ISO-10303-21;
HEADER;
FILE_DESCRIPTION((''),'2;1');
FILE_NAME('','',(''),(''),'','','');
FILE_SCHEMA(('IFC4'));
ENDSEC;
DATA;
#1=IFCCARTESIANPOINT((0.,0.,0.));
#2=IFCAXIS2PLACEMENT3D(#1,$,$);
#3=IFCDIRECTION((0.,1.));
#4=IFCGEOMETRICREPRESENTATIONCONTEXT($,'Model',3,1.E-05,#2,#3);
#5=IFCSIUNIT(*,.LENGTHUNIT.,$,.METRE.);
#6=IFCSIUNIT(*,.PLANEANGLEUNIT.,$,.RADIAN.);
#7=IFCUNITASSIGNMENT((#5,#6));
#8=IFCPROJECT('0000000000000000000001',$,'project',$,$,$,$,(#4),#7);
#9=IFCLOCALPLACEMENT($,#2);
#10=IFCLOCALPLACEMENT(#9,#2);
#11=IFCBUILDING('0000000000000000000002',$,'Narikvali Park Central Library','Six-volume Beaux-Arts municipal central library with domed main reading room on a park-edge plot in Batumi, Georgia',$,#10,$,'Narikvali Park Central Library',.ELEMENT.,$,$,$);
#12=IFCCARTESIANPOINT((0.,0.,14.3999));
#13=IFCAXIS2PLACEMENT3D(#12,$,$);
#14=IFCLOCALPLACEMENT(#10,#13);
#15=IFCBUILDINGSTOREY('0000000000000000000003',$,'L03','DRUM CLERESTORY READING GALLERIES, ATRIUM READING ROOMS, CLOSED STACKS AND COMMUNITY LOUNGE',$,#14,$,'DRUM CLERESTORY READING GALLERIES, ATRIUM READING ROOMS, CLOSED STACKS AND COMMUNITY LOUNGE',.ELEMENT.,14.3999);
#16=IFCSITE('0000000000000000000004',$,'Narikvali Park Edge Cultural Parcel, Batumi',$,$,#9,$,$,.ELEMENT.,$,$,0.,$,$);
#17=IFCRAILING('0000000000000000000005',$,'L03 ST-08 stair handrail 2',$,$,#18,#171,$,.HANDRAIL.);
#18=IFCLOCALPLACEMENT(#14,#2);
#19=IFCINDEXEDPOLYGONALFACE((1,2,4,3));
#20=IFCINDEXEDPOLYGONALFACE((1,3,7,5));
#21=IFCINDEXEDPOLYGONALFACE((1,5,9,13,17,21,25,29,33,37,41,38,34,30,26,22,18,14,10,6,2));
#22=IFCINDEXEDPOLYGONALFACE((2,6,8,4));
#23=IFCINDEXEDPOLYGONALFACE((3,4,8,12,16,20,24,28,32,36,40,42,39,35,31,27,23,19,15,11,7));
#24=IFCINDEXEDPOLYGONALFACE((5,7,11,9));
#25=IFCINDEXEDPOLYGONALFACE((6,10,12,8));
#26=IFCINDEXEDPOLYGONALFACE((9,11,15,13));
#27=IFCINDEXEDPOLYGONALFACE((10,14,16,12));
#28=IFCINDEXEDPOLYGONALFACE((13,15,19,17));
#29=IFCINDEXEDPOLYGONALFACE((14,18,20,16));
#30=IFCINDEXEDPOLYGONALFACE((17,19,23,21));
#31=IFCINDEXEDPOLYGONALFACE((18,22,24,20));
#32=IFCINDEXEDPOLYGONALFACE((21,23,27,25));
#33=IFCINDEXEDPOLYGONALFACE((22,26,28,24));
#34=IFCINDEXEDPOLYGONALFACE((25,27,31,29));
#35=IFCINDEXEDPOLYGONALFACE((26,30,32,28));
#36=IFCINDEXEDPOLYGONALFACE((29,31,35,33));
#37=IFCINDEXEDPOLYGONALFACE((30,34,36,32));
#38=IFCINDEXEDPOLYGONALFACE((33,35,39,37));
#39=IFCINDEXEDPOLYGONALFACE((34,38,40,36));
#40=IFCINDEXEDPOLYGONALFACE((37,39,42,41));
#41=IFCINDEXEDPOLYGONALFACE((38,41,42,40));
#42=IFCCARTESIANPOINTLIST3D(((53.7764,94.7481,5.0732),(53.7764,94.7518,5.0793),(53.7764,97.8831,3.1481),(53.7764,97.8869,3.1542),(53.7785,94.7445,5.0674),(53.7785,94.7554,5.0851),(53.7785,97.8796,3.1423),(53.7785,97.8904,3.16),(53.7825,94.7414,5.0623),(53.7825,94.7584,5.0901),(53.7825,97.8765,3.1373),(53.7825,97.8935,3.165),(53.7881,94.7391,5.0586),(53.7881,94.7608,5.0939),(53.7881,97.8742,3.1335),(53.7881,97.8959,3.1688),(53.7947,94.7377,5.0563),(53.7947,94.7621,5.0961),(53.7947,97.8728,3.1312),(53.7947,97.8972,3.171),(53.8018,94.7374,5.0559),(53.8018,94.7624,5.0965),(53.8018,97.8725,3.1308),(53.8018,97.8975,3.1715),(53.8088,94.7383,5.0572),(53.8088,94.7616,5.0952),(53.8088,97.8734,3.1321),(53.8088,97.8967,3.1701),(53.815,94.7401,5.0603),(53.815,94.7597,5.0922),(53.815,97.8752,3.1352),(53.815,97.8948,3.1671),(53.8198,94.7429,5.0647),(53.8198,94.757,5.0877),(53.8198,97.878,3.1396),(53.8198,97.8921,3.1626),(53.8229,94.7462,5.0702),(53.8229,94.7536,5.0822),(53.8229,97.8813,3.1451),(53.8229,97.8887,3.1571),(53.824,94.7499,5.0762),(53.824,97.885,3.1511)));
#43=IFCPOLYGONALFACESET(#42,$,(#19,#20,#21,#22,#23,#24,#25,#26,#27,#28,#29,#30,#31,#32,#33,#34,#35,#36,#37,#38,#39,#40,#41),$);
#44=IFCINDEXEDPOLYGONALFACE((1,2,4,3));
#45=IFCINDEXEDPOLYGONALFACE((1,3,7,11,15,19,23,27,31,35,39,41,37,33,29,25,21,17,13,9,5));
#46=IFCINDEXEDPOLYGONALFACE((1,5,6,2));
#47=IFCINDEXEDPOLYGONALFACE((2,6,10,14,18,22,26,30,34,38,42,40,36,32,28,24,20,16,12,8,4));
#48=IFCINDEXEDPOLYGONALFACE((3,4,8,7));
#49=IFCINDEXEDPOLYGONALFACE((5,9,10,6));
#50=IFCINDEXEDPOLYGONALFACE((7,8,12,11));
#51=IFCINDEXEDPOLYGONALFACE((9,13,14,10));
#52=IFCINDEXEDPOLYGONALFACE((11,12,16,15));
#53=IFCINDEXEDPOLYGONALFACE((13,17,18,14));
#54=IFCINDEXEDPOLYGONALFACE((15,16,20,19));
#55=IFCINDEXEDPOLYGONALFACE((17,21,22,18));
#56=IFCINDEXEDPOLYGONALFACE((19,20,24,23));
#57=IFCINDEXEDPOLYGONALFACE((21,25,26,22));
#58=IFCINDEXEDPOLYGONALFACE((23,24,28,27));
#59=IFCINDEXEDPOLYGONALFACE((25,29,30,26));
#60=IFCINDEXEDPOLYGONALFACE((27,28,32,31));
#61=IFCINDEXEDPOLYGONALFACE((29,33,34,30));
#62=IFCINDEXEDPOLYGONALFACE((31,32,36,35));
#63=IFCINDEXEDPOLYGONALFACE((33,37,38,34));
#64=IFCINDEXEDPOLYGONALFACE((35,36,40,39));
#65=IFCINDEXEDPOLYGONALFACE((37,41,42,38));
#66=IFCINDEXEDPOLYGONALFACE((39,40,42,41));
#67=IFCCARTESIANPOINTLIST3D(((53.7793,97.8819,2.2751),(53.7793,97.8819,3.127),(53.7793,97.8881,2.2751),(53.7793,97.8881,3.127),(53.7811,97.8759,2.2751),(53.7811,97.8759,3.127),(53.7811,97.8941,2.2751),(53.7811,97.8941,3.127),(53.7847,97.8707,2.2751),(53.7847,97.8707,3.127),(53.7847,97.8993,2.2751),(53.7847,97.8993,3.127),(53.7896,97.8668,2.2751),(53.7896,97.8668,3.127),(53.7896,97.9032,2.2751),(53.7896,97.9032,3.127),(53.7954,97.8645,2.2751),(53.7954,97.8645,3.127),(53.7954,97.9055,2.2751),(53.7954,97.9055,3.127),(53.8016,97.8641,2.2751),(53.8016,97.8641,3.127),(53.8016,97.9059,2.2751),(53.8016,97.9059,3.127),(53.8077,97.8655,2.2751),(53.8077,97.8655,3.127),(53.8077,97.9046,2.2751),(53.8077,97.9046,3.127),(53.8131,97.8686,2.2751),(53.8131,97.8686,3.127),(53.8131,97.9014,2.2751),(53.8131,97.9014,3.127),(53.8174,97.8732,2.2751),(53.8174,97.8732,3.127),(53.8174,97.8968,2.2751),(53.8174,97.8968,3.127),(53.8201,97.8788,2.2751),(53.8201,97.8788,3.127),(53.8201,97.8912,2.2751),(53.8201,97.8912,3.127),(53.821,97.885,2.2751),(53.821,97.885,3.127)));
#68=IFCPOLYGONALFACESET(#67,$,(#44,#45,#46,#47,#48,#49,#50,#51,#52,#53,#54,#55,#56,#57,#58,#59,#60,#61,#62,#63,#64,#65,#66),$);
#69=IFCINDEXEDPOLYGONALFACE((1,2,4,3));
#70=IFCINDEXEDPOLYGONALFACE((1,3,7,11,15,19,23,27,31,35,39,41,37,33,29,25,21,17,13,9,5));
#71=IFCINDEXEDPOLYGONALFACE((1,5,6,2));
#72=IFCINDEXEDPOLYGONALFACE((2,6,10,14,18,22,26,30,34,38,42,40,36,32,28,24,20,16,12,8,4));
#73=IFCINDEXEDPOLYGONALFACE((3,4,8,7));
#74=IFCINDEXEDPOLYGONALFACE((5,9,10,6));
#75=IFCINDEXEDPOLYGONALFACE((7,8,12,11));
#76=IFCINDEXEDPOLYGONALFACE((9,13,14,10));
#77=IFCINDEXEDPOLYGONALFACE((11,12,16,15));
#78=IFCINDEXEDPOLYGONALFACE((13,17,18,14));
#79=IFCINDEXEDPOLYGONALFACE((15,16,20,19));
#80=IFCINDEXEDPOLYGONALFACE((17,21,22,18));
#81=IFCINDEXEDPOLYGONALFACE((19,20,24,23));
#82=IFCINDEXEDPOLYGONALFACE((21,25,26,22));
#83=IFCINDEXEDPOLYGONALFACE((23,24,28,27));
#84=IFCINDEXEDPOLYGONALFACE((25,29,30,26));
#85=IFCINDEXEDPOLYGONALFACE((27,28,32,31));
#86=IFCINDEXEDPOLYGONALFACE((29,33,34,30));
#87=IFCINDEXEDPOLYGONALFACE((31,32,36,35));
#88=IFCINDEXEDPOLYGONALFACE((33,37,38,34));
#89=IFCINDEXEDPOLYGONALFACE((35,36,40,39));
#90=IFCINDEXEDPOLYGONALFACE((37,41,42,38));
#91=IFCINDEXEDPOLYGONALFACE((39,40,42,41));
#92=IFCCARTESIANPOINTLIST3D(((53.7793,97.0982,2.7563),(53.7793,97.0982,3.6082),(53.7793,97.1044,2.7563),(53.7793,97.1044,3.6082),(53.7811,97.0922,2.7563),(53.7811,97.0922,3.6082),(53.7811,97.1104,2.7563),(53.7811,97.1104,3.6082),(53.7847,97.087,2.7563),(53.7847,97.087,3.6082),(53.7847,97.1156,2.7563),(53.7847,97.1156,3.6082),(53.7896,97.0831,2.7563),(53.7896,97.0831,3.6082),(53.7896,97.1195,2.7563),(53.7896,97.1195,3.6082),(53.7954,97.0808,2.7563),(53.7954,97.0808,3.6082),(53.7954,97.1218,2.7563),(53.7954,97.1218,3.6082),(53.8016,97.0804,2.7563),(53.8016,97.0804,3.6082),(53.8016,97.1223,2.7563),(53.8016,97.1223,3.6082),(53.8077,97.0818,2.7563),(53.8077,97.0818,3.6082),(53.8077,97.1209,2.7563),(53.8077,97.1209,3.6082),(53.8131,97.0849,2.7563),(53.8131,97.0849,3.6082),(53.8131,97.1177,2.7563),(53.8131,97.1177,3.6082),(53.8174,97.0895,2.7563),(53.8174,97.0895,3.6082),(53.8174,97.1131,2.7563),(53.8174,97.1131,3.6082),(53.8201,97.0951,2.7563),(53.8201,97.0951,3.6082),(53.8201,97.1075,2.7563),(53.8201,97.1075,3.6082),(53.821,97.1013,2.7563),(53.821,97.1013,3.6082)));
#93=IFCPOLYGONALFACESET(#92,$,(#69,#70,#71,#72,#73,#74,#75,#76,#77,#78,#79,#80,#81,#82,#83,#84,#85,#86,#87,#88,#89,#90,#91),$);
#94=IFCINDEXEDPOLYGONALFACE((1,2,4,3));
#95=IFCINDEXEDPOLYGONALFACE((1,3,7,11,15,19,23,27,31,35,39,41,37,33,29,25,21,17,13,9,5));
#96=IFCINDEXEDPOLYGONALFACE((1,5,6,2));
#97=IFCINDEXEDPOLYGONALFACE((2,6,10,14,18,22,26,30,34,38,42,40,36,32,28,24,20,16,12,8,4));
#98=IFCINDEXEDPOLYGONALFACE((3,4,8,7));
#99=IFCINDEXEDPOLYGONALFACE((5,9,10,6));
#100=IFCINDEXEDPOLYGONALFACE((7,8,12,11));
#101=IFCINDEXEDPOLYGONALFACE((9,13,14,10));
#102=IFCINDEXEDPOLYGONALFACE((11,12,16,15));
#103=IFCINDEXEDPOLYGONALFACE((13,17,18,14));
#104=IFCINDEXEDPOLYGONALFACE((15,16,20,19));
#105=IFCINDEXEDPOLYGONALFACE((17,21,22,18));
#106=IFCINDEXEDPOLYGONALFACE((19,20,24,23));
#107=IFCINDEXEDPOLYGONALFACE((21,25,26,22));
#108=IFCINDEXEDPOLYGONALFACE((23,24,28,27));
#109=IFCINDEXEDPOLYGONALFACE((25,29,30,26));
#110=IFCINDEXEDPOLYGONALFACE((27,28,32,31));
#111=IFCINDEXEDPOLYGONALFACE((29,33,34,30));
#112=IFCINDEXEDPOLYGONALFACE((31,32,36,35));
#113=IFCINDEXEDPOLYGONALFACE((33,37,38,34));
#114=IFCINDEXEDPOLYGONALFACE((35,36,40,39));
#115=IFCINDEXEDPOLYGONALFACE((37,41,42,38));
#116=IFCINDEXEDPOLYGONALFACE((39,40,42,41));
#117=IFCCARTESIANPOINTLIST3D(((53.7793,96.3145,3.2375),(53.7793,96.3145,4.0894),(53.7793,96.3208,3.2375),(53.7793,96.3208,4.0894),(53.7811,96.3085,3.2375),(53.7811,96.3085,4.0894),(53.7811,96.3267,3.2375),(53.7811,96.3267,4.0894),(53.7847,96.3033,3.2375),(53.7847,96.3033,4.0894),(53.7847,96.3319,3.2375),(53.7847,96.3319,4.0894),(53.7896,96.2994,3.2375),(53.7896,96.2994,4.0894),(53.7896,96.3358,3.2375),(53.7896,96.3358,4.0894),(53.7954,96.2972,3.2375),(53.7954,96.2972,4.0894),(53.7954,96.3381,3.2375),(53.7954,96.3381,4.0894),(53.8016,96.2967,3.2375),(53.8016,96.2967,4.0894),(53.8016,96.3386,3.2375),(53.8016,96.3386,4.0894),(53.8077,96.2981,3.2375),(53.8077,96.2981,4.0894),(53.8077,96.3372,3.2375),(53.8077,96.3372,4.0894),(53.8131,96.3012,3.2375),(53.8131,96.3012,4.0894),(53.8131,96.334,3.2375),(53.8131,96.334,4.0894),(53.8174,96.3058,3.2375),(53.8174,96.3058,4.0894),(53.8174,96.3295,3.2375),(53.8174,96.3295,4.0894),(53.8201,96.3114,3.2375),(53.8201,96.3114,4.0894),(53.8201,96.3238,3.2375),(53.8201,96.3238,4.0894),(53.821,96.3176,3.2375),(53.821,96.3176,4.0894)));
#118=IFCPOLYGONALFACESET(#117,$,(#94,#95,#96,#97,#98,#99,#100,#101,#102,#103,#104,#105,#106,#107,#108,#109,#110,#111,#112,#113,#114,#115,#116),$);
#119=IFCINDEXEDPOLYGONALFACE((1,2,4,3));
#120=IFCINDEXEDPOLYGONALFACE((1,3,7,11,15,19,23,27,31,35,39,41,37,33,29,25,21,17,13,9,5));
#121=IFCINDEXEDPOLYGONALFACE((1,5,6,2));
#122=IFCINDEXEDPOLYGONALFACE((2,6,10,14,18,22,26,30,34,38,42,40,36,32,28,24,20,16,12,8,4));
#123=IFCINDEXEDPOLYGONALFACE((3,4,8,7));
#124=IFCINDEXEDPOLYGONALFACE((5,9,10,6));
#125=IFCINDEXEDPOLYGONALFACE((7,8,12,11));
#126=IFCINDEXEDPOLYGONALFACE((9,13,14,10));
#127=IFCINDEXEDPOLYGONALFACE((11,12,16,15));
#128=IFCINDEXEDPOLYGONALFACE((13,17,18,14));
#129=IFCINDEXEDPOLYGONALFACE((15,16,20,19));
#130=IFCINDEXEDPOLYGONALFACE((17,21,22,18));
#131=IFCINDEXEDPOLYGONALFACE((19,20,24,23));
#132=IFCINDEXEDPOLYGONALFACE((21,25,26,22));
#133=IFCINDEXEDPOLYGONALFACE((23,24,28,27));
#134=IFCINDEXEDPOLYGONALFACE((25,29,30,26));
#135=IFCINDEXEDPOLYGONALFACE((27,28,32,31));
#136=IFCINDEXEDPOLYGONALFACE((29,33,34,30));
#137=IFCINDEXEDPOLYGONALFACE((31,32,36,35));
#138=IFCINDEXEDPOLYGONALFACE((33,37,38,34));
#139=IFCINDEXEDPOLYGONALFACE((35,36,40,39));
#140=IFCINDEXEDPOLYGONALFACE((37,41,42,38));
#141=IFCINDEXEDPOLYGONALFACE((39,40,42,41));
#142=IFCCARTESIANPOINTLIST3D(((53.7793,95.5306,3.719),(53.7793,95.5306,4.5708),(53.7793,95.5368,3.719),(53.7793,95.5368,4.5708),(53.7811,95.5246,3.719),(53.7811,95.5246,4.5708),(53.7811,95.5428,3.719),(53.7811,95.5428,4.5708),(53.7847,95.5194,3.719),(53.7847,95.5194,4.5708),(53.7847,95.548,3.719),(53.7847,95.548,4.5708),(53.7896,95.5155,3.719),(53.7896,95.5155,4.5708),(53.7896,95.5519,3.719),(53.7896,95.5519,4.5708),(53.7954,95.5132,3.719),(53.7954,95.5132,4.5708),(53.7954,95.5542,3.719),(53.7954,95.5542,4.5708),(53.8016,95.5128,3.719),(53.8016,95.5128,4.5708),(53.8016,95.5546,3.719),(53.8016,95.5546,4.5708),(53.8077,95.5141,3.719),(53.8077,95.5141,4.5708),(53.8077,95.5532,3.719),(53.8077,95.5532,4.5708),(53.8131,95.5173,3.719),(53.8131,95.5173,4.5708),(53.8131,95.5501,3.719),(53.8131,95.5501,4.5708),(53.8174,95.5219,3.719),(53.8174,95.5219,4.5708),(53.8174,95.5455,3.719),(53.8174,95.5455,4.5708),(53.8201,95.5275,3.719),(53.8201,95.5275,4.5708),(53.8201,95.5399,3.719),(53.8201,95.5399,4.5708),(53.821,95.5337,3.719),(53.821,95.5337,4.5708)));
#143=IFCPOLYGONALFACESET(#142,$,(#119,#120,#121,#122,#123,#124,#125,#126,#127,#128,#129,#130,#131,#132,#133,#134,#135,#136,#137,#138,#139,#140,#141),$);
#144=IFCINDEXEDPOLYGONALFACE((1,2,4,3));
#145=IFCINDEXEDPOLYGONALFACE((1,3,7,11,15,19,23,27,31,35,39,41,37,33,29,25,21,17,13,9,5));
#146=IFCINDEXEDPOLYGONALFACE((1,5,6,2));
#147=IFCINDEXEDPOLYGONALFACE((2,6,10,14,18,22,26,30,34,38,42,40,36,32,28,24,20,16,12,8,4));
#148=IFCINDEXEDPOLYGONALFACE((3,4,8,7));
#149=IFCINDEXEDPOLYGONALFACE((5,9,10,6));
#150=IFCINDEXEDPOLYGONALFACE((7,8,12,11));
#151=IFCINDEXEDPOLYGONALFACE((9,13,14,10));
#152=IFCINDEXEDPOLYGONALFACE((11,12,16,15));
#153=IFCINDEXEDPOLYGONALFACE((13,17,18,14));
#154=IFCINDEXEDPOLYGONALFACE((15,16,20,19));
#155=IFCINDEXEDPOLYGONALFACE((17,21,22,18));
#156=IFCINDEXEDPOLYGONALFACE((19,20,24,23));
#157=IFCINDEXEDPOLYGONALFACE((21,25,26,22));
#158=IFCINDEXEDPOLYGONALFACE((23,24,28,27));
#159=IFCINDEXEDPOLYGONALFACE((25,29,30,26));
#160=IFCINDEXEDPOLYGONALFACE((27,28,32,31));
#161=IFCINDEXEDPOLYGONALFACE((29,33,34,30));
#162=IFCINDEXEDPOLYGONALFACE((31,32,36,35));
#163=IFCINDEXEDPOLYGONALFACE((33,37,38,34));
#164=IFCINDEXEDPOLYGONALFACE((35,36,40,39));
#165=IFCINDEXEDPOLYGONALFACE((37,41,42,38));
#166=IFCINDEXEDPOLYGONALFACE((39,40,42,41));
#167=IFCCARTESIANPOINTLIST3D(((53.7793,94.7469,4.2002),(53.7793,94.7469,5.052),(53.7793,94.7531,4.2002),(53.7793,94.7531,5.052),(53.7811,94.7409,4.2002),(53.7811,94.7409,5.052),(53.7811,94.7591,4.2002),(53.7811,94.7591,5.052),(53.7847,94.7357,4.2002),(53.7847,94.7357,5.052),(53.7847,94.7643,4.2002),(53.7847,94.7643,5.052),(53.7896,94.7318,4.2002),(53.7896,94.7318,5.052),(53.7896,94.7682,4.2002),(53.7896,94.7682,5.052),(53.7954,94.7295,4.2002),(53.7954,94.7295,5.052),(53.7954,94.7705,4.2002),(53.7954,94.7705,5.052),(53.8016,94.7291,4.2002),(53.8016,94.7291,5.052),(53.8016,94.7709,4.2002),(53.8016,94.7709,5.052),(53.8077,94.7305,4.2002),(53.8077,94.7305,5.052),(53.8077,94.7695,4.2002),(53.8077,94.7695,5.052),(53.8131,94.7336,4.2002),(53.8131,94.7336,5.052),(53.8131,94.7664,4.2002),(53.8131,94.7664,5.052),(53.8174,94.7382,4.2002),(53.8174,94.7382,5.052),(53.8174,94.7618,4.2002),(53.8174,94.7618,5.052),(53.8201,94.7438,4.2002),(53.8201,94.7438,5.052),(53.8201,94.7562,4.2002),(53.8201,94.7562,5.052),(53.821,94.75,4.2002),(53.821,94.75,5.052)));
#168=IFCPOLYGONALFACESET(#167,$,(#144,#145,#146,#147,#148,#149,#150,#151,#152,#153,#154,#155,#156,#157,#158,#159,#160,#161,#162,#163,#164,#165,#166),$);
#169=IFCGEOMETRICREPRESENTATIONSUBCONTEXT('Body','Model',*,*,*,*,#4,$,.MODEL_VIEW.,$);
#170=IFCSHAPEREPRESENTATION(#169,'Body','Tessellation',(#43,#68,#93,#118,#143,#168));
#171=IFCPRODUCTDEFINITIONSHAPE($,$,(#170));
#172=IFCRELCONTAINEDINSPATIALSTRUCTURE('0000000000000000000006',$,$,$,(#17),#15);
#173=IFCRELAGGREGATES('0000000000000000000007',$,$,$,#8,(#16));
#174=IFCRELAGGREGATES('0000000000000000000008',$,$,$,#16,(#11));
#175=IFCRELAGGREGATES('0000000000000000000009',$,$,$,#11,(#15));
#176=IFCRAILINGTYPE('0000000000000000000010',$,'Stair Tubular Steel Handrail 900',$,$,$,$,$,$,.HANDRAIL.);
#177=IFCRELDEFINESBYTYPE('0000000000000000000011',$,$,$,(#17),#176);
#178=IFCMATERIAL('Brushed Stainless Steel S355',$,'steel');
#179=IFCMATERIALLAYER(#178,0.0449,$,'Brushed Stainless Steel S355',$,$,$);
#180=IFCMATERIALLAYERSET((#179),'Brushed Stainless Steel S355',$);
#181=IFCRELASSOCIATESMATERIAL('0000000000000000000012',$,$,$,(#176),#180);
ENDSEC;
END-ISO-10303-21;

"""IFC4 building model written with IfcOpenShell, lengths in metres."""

from ifc_helpers import new_model, si_unit, direction, frame, origin, origin_2d, place, context, subcontext, project, spatial, circle, extrude, material, layer, layer_set, type_object, element, save


model = new_model("IFC4")

# Units and contexts
model_context = context("Model", 3, precision=1e-05, world=origin(), true_north=direction((0.0, 1.0)))
body_context = subcontext(model_context, "Body", "Model", "MODEL_VIEW")
ifc_project = project(units=[si_unit("LENGTHUNIT", "METRE"), si_unit("PLANEANGLEUNIT", "RADIAN")], contexts=[model_context])

# Site, building, storey
site_placement = place(None, origin())
site = spatial("IfcSite", under=ifc_project, at=site_placement, Name="Narikvali Park Edge Cultural Parcel, Batumi", CompositionType="ELEMENT", RefElevation=0.0)
building_placement = place(site_placement, origin())
building = spatial("IfcBuilding", under=site, at=building_placement, Name="Narikvali Park Central Library", Description="Six-volume Beaux-Arts municipal central library with domed main reading room on a park-edge plot in Batumi, Georgia", LongName="Narikvali Park Central Library", CompositionType="ELEMENT")
storey_placement = place(building_placement, frame((0.0, 0.0, 14.3999)))
storey = spatial("IfcBuildingStorey", under=building, at=storey_placement, Name="L03", Description="DRUM CLERESTORY READING GALLERIES, ATRIUM READING ROOMS, CLOSED STACKS AND COMMUNITY LOUNGE", LongName="DRUM CLERESTORY READING GALLERIES, ATRIUM READING ROOMS, CLOSED STACKS AND COMMUNITY LOUNGE", CompositionType="ELEMENT", Elevation=14.3999)

# Railing
ifc_material_1 = material(Name="Brushed Stainless Steel S355", Category="steel")
ifc_layer_1 = layer(ifc_material_1, 0.0449, Name="Brushed Stainless Steel S355")
ifc_layer_set_1 = layer_set([ifc_layer_1], Name="Brushed Stainless Steel S355")
railing_type_1 = type_object("IfcRailingType", Name="Stair Tubular Steel Handrail 900", PredefinedType="HANDRAIL", material=ifc_layer_set_1)
railing_1_placement = place(storey_placement, frame((53.8, 97.885, 2.2751)))
element("IfcRailing", 1, at=railing_1_placement, inside=storey, type_object=railing_type_1, Name="L03 ST-08 stair handrail 2", PredefinedType="HANDRAIL", context=body_context, shape_type="SweptSolid", body=[
    extrude(circle(Radius=0.0239, at=origin_2d()), frame((0.0, 0.0, 0.876), z_axis=(0.0, -0.852166, 0.523271), x_axis=(1.0, 0.0, 0.0)), (0.0, 0.0, 1.0), 3.679),
    extrude(circle(Radius=0.021, at=origin_2d()), origin(), (0.0, 0.0, 1.0), 0.8518),
    extrude(circle(Radius=0.021, at=origin_2d()), frame((0.0, -0.7837, 0.4812)), (0.0, 0.0, 1.0), 0.8518),
    extrude(circle(Radius=0.021, at=origin_2d()), frame((0.0, -1.5674, 0.9624)), (0.0, 0.0, 1.0), 0.8518),
    extrude(circle(Radius=0.021, at=origin_2d()), frame((0.0, -2.3513, 1.4438)), (0.0, 0.0, 1.0), 0.8518),
    extrude(circle(Radius=0.021, at=origin_2d()), frame((0.0, -3.135, 1.925)), (0.0, 0.0, 1.0), 0.8518),
])

save(model, "model.ifc")
